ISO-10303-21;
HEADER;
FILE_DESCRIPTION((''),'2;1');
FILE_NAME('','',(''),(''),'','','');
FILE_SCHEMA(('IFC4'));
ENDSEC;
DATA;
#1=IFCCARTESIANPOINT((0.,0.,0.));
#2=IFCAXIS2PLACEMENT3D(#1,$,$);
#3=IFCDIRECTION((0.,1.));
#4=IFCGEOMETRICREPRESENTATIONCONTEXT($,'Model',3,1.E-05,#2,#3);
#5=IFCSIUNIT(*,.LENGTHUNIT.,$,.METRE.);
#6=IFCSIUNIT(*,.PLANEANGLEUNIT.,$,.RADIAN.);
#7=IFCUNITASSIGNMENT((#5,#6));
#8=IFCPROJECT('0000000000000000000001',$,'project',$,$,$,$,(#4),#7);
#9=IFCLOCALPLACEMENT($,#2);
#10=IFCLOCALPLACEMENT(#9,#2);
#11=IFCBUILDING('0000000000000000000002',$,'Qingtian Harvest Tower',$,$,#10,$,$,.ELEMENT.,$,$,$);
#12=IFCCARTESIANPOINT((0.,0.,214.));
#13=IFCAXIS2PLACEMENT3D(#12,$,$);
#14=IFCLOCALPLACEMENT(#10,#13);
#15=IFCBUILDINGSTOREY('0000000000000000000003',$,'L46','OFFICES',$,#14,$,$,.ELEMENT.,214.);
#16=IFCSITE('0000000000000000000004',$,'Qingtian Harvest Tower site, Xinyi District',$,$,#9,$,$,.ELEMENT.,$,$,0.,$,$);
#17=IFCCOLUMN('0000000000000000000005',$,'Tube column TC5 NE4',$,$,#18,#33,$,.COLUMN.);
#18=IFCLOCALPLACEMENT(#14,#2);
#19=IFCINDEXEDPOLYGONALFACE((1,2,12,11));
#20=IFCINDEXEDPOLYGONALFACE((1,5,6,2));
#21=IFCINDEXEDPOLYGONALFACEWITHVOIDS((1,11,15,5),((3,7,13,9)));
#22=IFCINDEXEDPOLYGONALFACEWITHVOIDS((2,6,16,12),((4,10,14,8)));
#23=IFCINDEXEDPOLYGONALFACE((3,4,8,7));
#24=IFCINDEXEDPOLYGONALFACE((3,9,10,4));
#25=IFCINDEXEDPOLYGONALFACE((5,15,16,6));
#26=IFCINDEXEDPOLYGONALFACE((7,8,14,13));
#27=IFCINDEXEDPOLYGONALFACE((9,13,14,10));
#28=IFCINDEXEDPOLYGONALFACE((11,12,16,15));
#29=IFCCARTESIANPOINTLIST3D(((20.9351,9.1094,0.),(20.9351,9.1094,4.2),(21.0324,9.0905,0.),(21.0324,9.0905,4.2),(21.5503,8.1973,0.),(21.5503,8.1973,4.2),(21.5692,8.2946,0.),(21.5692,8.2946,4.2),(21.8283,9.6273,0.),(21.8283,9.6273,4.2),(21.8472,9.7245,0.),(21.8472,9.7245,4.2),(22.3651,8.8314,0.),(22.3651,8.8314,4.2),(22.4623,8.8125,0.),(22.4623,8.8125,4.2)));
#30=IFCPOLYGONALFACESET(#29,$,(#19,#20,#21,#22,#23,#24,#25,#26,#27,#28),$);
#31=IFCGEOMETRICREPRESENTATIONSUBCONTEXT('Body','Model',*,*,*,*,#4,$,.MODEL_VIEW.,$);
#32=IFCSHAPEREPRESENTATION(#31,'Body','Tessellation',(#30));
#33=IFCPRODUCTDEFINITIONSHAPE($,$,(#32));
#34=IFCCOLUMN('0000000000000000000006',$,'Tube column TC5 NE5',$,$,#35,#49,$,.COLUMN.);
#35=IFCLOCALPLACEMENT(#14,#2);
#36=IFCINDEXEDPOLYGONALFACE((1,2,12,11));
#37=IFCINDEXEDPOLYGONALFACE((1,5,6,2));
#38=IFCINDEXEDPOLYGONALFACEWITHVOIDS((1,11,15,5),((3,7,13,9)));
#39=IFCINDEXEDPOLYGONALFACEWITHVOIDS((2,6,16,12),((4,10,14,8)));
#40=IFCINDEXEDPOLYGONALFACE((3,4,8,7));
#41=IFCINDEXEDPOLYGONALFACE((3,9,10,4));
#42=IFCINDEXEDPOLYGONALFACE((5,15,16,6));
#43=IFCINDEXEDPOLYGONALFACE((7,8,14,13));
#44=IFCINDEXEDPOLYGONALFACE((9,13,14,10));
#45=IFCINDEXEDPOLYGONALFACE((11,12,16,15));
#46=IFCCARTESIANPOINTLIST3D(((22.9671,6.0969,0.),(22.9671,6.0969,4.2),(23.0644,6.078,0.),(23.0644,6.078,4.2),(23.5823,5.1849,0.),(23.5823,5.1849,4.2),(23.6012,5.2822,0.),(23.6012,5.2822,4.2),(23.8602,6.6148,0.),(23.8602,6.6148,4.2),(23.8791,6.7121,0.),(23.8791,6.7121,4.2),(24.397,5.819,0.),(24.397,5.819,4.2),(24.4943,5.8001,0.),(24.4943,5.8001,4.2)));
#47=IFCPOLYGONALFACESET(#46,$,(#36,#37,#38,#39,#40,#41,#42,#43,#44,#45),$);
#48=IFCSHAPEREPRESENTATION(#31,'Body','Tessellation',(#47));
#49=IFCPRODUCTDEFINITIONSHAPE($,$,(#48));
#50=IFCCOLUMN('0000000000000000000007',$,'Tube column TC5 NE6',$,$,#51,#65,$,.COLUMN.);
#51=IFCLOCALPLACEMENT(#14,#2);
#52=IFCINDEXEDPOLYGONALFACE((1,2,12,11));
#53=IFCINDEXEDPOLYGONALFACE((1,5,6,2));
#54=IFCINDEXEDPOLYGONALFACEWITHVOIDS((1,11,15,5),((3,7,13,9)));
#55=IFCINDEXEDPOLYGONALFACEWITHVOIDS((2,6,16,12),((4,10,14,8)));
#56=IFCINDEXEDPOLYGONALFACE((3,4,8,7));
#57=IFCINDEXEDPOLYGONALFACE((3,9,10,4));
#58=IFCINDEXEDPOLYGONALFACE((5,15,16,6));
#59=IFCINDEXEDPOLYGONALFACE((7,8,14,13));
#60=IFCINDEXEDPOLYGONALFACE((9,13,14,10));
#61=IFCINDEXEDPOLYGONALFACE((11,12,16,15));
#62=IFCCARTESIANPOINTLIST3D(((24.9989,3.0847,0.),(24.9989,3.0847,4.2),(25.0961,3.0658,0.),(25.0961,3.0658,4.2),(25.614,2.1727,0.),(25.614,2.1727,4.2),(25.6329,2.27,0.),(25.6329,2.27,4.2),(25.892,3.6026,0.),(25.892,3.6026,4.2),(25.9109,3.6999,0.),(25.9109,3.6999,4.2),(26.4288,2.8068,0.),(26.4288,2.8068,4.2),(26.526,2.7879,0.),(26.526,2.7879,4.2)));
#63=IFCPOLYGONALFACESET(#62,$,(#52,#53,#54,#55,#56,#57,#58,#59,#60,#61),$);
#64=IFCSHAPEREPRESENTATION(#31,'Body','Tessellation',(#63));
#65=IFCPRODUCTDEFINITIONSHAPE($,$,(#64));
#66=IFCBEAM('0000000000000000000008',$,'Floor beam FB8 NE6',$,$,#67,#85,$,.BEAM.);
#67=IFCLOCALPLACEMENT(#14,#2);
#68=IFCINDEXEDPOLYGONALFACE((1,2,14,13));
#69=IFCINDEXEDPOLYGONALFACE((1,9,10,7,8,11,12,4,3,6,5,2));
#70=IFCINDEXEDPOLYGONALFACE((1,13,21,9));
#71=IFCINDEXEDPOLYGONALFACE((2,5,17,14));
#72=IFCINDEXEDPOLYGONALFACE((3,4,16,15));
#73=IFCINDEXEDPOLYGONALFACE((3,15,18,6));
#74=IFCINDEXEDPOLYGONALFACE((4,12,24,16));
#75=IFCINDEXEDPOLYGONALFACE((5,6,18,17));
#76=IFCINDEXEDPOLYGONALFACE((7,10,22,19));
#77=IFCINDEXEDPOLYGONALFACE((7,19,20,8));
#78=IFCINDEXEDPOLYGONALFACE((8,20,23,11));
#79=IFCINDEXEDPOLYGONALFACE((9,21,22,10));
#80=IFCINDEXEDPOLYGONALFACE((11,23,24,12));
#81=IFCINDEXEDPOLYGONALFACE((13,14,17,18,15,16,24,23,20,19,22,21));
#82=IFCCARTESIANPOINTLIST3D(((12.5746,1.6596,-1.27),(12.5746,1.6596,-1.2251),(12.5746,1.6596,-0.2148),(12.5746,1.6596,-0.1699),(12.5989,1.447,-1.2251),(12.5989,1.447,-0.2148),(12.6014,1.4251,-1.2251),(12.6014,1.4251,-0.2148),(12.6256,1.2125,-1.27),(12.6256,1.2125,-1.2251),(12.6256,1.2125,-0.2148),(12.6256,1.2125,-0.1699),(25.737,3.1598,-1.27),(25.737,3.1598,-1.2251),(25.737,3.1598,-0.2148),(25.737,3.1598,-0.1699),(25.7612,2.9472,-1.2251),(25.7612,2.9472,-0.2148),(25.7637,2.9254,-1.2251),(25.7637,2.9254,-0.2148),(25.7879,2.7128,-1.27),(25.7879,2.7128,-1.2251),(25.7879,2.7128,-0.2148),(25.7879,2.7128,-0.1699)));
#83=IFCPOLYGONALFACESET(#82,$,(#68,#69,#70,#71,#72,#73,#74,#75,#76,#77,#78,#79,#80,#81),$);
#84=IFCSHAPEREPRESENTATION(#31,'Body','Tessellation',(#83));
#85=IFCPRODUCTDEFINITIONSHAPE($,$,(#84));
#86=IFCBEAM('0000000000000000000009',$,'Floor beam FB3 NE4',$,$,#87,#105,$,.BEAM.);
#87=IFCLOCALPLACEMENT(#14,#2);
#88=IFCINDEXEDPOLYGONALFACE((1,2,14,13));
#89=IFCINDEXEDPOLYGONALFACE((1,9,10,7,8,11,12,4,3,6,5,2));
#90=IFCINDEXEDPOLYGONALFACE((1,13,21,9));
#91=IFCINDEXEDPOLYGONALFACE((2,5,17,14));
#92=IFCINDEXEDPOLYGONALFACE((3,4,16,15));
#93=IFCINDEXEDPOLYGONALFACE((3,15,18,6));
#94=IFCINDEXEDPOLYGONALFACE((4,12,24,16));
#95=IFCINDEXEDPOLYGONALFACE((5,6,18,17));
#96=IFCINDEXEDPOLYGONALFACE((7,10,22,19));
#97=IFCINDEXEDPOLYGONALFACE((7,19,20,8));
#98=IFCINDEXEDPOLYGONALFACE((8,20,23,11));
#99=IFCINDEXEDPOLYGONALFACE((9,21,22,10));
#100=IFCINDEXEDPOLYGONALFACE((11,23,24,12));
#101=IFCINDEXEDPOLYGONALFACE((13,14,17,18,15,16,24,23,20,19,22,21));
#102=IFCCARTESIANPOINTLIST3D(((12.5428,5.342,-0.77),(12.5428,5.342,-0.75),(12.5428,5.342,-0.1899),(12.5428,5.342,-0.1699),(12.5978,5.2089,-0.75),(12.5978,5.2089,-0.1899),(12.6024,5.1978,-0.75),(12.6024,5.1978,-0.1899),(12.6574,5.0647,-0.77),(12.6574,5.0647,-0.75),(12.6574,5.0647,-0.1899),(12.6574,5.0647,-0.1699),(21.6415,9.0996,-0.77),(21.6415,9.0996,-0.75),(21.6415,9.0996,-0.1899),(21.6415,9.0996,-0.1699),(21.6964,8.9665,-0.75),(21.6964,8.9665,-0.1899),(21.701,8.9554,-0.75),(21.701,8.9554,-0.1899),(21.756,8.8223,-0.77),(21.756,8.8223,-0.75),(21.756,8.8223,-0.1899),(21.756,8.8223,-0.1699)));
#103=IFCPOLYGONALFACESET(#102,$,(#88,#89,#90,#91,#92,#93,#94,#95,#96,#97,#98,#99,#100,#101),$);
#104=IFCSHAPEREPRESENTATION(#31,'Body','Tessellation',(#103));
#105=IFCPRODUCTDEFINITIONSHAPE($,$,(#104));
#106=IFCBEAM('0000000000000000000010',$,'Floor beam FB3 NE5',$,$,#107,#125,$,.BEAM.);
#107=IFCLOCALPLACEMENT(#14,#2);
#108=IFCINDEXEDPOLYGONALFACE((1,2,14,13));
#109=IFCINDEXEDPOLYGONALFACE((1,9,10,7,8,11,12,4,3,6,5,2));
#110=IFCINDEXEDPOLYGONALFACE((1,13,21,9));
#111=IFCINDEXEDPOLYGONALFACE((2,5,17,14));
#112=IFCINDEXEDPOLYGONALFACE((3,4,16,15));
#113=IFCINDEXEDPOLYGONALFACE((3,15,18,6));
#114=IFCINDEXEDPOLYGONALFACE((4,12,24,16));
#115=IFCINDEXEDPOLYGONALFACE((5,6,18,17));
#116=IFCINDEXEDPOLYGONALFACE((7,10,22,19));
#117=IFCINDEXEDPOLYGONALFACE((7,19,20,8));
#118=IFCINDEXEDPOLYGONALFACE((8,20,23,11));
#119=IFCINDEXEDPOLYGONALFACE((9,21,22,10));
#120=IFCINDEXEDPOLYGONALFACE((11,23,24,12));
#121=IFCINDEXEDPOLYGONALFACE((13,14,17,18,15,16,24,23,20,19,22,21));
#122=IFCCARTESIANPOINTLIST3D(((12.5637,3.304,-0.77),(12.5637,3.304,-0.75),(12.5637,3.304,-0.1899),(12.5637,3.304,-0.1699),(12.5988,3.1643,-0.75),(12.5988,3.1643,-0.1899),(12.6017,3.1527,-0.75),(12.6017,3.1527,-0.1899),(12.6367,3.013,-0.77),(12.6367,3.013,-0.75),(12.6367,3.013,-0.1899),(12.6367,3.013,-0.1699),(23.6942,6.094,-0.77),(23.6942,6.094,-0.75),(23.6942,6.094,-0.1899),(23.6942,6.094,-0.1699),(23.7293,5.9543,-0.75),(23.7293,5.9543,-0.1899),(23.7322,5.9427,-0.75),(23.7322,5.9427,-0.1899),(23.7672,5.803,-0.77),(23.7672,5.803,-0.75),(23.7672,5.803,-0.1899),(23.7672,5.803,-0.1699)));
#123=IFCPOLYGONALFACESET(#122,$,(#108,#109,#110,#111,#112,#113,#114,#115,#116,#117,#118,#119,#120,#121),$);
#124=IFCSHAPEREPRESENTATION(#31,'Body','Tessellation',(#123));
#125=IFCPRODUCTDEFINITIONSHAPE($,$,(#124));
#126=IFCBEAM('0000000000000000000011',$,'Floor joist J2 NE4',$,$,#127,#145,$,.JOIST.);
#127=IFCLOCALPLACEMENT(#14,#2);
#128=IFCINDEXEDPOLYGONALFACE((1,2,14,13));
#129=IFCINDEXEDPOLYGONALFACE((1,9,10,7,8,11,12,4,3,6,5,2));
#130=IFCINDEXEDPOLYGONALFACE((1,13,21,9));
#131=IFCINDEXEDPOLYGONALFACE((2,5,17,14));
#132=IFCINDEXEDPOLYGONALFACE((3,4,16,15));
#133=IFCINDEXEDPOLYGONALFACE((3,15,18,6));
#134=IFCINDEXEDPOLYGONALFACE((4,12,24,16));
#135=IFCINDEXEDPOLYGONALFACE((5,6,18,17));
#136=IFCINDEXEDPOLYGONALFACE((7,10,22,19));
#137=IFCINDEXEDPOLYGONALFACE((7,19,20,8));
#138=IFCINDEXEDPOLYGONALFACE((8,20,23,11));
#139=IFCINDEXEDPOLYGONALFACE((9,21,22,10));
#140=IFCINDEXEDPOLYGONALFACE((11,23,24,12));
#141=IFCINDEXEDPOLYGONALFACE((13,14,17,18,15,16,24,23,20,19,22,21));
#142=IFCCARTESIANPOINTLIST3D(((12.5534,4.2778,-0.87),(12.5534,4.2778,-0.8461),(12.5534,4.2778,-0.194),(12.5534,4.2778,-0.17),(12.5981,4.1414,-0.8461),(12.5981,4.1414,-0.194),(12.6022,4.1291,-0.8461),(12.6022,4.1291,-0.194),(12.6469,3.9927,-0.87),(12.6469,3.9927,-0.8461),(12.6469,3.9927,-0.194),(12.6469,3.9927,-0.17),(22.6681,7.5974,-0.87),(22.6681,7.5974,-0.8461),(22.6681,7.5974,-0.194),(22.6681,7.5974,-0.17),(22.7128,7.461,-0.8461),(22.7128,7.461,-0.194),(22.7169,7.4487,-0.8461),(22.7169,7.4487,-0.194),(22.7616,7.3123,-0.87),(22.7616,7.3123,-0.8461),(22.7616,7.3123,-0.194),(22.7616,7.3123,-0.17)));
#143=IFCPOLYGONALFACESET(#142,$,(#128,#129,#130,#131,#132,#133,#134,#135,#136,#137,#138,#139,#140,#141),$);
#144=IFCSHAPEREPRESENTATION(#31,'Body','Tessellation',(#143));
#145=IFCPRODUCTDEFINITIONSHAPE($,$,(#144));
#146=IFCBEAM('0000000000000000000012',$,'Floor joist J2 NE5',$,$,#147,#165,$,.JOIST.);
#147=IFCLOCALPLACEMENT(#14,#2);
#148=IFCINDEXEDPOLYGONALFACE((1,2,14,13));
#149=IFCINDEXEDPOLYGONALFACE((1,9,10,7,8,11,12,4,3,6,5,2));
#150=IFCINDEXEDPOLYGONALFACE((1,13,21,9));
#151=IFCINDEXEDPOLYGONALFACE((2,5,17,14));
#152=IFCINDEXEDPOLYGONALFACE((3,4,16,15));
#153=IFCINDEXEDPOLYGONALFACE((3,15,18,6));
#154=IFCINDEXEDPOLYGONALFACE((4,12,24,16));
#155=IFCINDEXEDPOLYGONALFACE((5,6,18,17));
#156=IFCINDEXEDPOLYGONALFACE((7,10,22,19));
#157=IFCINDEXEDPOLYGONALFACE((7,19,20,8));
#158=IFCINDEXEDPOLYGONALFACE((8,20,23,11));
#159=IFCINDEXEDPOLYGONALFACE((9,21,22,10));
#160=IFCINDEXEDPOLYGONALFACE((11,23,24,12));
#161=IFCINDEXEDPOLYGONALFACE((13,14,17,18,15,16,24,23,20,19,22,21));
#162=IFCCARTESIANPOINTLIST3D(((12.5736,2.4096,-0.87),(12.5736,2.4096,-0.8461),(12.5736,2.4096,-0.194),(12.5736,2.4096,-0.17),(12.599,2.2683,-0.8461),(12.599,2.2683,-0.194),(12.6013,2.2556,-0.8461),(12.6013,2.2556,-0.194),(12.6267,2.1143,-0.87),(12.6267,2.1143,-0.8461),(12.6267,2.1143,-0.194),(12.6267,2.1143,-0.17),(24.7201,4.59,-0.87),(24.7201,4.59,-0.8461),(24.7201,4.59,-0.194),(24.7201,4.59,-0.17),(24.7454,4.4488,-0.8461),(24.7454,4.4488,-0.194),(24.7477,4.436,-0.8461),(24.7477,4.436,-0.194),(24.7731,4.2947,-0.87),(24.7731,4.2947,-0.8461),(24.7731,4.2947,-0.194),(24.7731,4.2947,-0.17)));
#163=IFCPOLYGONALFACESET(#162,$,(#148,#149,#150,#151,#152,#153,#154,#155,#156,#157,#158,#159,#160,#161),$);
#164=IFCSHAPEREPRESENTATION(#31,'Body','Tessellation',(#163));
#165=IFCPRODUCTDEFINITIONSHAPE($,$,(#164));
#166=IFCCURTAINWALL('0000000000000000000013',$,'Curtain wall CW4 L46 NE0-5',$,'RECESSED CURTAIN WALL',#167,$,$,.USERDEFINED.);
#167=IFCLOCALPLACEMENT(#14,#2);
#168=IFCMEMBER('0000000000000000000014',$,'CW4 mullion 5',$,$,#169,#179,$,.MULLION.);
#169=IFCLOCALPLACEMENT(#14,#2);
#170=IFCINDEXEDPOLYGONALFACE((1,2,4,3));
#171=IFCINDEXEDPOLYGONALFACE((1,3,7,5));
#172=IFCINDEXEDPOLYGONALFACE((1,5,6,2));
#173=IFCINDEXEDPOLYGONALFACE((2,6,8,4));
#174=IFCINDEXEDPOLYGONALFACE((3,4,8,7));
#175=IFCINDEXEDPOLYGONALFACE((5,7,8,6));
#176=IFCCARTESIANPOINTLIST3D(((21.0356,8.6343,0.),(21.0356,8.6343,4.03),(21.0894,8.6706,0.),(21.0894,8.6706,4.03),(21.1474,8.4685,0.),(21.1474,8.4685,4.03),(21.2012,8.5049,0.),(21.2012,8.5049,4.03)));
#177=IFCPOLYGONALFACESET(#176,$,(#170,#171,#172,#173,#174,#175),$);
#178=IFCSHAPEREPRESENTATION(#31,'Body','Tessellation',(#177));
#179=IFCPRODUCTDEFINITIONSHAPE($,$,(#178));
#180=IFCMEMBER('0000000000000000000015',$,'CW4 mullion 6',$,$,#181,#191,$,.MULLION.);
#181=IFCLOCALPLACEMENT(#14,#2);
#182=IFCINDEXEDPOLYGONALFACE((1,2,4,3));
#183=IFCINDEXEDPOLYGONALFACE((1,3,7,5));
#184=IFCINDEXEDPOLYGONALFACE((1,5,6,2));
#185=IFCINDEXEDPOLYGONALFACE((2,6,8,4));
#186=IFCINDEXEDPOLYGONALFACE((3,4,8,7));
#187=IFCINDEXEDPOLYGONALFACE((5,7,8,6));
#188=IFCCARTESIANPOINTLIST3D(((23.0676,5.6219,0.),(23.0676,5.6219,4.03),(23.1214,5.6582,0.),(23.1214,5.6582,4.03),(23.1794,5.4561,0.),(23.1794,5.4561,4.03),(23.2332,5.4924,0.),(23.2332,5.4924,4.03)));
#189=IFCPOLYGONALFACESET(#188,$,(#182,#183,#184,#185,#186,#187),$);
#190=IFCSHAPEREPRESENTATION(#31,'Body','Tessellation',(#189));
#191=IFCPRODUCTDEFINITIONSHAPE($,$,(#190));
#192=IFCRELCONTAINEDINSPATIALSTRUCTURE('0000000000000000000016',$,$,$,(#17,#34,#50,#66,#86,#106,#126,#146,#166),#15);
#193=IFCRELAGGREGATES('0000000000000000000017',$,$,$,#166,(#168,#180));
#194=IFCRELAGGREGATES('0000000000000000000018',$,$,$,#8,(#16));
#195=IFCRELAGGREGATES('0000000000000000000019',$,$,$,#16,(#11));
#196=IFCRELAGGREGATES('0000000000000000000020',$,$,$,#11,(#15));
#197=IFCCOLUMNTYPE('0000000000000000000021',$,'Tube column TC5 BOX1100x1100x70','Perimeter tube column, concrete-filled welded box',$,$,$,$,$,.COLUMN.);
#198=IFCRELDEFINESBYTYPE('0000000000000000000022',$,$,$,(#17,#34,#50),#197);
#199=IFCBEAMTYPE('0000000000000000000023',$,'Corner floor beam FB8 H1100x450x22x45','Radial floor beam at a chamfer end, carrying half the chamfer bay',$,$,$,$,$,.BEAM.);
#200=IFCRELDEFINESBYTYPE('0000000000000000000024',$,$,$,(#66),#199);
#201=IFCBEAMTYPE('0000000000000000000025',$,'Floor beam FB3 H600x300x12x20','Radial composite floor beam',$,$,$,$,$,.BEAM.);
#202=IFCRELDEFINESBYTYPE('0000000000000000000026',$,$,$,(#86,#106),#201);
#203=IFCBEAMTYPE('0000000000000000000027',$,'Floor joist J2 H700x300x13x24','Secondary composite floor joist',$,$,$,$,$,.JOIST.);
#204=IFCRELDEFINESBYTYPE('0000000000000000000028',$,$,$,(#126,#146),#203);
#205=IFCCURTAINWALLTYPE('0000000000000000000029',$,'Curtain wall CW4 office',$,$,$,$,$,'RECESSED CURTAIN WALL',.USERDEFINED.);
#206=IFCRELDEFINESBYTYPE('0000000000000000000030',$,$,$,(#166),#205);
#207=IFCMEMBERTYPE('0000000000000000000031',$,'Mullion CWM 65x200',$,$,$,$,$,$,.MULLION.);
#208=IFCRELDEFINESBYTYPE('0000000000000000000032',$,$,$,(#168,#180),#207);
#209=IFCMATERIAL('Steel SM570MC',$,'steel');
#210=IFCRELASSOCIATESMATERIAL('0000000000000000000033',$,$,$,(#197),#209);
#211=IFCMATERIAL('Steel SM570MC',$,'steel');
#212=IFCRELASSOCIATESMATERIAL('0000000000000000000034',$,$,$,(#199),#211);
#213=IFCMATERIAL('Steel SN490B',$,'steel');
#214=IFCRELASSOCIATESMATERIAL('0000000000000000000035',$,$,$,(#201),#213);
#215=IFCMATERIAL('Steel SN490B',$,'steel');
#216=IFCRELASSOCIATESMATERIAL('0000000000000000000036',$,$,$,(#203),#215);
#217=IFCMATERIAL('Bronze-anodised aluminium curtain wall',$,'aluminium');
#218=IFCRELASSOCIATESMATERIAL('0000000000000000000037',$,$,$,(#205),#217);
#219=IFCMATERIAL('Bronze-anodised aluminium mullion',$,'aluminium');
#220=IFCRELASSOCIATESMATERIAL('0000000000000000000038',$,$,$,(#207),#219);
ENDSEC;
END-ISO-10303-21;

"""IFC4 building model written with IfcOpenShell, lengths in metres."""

from ifc_helpers import new_model, si_unit, direction, frame, origin, origin_2d, place, context, subcontext, project, spatial, rectangle, hollow_rectangle, i_section, extrude, material, material_profile, profile_set, type_object, element, aggregate, save


model = new_model("IFC4")

# Units and contexts
model_context = context("Model", 3, precision=1e-05, world=origin(), true_north=direction((0.0, 1.0)))
body_context = subcontext(model_context, "Body", "Model", "MODEL_VIEW")
ifc_project = project(units=[si_unit("LENGTHUNIT", "METRE"), si_unit("PLANEANGLEUNIT", "RADIAN")], contexts=[model_context])

# Site, building, storey
site_placement = place(None, origin())
site = spatial("IfcSite", under=ifc_project, at=site_placement, Name="Qingtian Harvest Tower site, Xinyi District", CompositionType="ELEMENT", RefElevation=0.0)
building_placement = place(site_placement, origin())
building = spatial("IfcBuilding", under=site, at=building_placement, Name="Qingtian Harvest Tower", CompositionType="ELEMENT")
storey_placement = place(building_placement, frame((0.0, 0.0, 214.0)))
storey = spatial("IfcBuildingStorey", under=building, at=storey_placement, Name="L46", Description="OFFICES", CompositionType="ELEMENT", Elevation=214.0)

# Columns
ifc_material_1 = material(Name="Steel SM570MC", Category="steel")
ifc_material_profile_1 = material_profile(ifc_material_1, hollow_rectangle(XDim=1.1001, YDim=1.1001, WallThickness=0.0701, at=origin_2d()), Name="BOX1100x1100x70")
ifc_profile_set_1 = profile_set([ifc_material_profile_1], Name="Steel SM570MC")
column_type = type_object("IfcColumnType", Name="Tube column TC5 BOX1100x1100x70", Description="Perimeter tube column, concrete-filled welded box", PredefinedType="COLUMN", material=ifc_profile_set_1)
for number, where, z_axis, x_axis, name in (
    (1, (21.6987, 8.9609, 0.0), (0.0, 0.0, 1.0), (-0.559193, 0.829038, 0.0), "Tube column TC5 NE4"),
    (2, (23.7307, 5.9485, 0.0), (0.0, 0.0, 1.0), (-0.559193, 0.829038, 0.0), "Tube column TC5 NE5"),
    (3, (25.7625, 2.9363, 0.0), (0.0, 0.0, 1.0), (-0.559193, 0.829038, 0.0), "Tube column TC5 NE6"),
):
    element("IfcColumn", number, at=place(storey_placement, frame(where, z_axis=z_axis, x_axis=x_axis)), inside=storey, type_object=column_type, Name=name, PredefinedType="COLUMN", context=body_context, shape_type="SweptSolid", body=[
        extrude(hollow_rectangle(XDim=1.1001, YDim=1.1001, WallThickness=0.0701, at=origin_2d()), origin(), (0.0, 0.0, 1.0), 4.2),
    ])

# Beams
ifc_material_2 = material(Name="Steel SM570MC", Category="steel")
ifc_material_profile_2 = material_profile(ifc_material_2, i_section(OverallWidth=0.45, OverallDepth=1.1001, WebThickness=0.022, FlangeThickness=0.0449, at=origin_2d()), Name="H1100x450x22x45")
ifc_profile_set_2 = profile_set([ifc_material_profile_2], Name="Steel SM570MC")
beam_type_1 = type_object("IfcBeamType", Name="Corner floor beam FB8 H1100x450x22x45", Description="Radial floor beam at a chamfer end, carrying half the chamfer bay", PredefinedType="BEAM", material=ifc_profile_set_2)
beam_1_placement = place(storey_placement, frame((25.7625, 2.9363, -0.72), z_axis=(-0.993567, -0.113247, 0.0), x_axis=(0.113247, -0.993567, 0.0)))
element("IfcBeam", 4, at=beam_1_placement, inside=storey, type_object=beam_type_1, Name="Floor beam FB8 NE6", PredefinedType="BEAM", context=body_context, shape_type="SweptSolid", body=[
    extrude(i_section(OverallWidth=0.45, OverallDepth=1.1001, WebThickness=0.022, FlangeThickness=0.0449, at=origin_2d()), origin(), (0.0, 0.0, 1.0), 13.2476),
])
ifc_material_3 = material(Name="Steel SN490B", Category="steel")
ifc_material_profile_3 = material_profile(ifc_material_3, i_section(OverallWidth=0.3, OverallDepth=0.6001, WebThickness=0.012, FlangeThickness=0.02, at=origin_2d()), Name="H600x300x12x20")
ifc_profile_set_3 = profile_set([ifc_material_profile_3], Name="Steel SN490B")
beam_type_2 = type_object("IfcBeamType", Name="Floor beam FB3 H600x300x12x20", Description="Radial composite floor beam", PredefinedType="BEAM", material=ifc_profile_set_3)
beam_2_placement = place(storey_placement, frame((21.6987, 8.9609, -0.47), z_axis=(-0.924282, -0.381711, 0.0), x_axis=(0.381711, -0.924282, 0.0)))
element("IfcBeam", 5, at=beam_2_placement, inside=storey, type_object=beam_type_2, Name="Floor beam FB3 NE4", PredefinedType="BEAM", context=body_context, shape_type="SweptSolid", body=[
    extrude(i_section(OverallWidth=0.3, OverallDepth=0.6001, WebThickness=0.012, FlangeThickness=0.02, at=origin_2d()), origin(), (0.0, 0.0, 1.0), 9.844),
])
beam_3_placement = place(storey_placement, frame((23.7307, 5.9485, -0.47), z_axis=(-0.969991, -0.243141, 0.0), x_axis=(0.243141, -0.969991, 0.0)))
element("IfcBeam", 6, at=beam_3_placement, inside=storey, type_object=beam_type_2, Name="Floor beam FB3 NE5", PredefinedType="BEAM", context=body_context, shape_type="SweptSolid", body=[
    extrude(i_section(OverallWidth=0.3, OverallDepth=0.6001, WebThickness=0.012, FlangeThickness=0.02, at=origin_2d()), origin(), (0.0, 0.0, 1.0), 11.4749),
])
ifc_material_4 = material(Name="Steel SN490B", Category="steel")
ifc_material_profile_4 = material_profile(ifc_material_4, i_section(OverallWidth=0.3, OverallDepth=0.7, WebThickness=0.0129, FlangeThickness=0.0239, at=origin_2d()), Name="H700x300x13x24")
ifc_profile_set_4 = profile_set([ifc_material_profile_4], Name="Steel SN490B")
beam_type_3 = type_object("IfcBeamType", Name="Floor joist J2 H700x300x13x24", Description="Secondary composite floor joist", PredefinedType="JOIST", material=ifc_profile_set_4)
beam_4_placement = place(storey_placement, frame((22.7148, 7.4548, -0.52), z_axis=(-0.950139, -0.311828, 0.0), x_axis=(0.311828, -0.950139, 0.0)))
element("IfcBeam", 7, at=beam_4_placement, inside=storey, type_object=beam_type_3, Name="Floor joist J2 NE4", PredefinedType="JOIST", context=body_context, shape_type="SweptSolid", body=[
    extrude(i_section(OverallWidth=0.3, OverallDepth=0.7, WebThickness=0.0129, FlangeThickness=0.0239, at=origin_2d()), origin(), (0.0, 0.0, 1.0), 10.6455),
])
beam_5_placement = place(storey_placement, frame((24.7466, 4.4424, -0.52), z_axis=(-0.984267, -0.176686, 0.0), x_axis=(0.176686, -0.984267, 0.0)))
element("IfcBeam", 8, at=beam_5_placement, inside=storey, type_object=beam_type_3, Name="Floor joist J2 NE5", PredefinedType="JOIST", context=body_context, shape_type="SweptSolid", body=[
    extrude(i_section(OverallWidth=0.3, OverallDepth=0.7, WebThickness=0.0129, FlangeThickness=0.0239, at=origin_2d()), origin(), (0.0, 0.0, 1.0), 12.3406),
])

# Curtain wall, members
ifc_material_5 = material(Name="Bronze-anodised aluminium curtain wall", Category="aluminium")
curtain_wall_type = type_object("IfcCurtainWallType", Name="Curtain wall CW4 office", ElementType="RECESSED CURTAIN WALL", PredefinedType="USERDEFINED", material=ifc_material_5)
curtain_wall_1_placement = place(storey_placement, origin())
curtain_wall_1 = element("IfcCurtainWall", 9, at=curtain_wall_1_placement, inside=storey, type_object=curtain_wall_type, Name="Curtain wall CW4 L46 NE0-5", ObjectType="RECESSED CURTAIN WALL", PredefinedType="USERDEFINED")
ifc_material_6 = material(Name="Bronze-anodised aluminium mullion", Category="aluminium")
ifc_material_profile_5 = material_profile(ifc_material_6, rectangle(XDim=0.0649, YDim=0.2, at=origin_2d()), Name="AL 65x200")
ifc_profile_set_5 = profile_set([ifc_material_profile_5], Name="Bronze-anodised aluminium mullion")
member_type_1 = type_object("IfcMemberType", Name="Mullion CWM 65x200", PredefinedType="MULLION", material=ifc_profile_set_5)
member_1_placement = place(storey_placement, frame((21.1184, 8.5696, 0.0), z_axis=(0.0, 0.0, 1.0), x_axis=(0.829038, 0.559193, 0.0)))
member_1 = element("IfcMember", 10, at=member_1_placement, type_object=member_type_1, Name="CW4 mullion 5", PredefinedType="MULLION", context=body_context, shape_type="SweptSolid", body=[
    extrude(rectangle(XDim=0.0649, YDim=0.2, at=origin_2d()), origin(), (0.0, 0.0, 1.0), 4.03),
])
member_2_placement = place(storey_placement, frame((23.1504, 5.5571, 0.0), z_axis=(0.0, 0.0, 1.0), x_axis=(0.829038, 0.559193, 0.0)))
member_2 = element("IfcMember", 11, at=member_2_placement, type_object=member_type_1, Name="CW4 mullion 6", PredefinedType="MULLION", context=body_context, shape_type="SweptSolid", body=[
    extrude(rectangle(XDim=0.0649, YDim=0.2, at=origin_2d()), origin(), (0.0, 0.0, 1.0), 4.03),
])

aggregate(curtain_wall_1, [member_1, member_2])

save(model, "model.ifc")
